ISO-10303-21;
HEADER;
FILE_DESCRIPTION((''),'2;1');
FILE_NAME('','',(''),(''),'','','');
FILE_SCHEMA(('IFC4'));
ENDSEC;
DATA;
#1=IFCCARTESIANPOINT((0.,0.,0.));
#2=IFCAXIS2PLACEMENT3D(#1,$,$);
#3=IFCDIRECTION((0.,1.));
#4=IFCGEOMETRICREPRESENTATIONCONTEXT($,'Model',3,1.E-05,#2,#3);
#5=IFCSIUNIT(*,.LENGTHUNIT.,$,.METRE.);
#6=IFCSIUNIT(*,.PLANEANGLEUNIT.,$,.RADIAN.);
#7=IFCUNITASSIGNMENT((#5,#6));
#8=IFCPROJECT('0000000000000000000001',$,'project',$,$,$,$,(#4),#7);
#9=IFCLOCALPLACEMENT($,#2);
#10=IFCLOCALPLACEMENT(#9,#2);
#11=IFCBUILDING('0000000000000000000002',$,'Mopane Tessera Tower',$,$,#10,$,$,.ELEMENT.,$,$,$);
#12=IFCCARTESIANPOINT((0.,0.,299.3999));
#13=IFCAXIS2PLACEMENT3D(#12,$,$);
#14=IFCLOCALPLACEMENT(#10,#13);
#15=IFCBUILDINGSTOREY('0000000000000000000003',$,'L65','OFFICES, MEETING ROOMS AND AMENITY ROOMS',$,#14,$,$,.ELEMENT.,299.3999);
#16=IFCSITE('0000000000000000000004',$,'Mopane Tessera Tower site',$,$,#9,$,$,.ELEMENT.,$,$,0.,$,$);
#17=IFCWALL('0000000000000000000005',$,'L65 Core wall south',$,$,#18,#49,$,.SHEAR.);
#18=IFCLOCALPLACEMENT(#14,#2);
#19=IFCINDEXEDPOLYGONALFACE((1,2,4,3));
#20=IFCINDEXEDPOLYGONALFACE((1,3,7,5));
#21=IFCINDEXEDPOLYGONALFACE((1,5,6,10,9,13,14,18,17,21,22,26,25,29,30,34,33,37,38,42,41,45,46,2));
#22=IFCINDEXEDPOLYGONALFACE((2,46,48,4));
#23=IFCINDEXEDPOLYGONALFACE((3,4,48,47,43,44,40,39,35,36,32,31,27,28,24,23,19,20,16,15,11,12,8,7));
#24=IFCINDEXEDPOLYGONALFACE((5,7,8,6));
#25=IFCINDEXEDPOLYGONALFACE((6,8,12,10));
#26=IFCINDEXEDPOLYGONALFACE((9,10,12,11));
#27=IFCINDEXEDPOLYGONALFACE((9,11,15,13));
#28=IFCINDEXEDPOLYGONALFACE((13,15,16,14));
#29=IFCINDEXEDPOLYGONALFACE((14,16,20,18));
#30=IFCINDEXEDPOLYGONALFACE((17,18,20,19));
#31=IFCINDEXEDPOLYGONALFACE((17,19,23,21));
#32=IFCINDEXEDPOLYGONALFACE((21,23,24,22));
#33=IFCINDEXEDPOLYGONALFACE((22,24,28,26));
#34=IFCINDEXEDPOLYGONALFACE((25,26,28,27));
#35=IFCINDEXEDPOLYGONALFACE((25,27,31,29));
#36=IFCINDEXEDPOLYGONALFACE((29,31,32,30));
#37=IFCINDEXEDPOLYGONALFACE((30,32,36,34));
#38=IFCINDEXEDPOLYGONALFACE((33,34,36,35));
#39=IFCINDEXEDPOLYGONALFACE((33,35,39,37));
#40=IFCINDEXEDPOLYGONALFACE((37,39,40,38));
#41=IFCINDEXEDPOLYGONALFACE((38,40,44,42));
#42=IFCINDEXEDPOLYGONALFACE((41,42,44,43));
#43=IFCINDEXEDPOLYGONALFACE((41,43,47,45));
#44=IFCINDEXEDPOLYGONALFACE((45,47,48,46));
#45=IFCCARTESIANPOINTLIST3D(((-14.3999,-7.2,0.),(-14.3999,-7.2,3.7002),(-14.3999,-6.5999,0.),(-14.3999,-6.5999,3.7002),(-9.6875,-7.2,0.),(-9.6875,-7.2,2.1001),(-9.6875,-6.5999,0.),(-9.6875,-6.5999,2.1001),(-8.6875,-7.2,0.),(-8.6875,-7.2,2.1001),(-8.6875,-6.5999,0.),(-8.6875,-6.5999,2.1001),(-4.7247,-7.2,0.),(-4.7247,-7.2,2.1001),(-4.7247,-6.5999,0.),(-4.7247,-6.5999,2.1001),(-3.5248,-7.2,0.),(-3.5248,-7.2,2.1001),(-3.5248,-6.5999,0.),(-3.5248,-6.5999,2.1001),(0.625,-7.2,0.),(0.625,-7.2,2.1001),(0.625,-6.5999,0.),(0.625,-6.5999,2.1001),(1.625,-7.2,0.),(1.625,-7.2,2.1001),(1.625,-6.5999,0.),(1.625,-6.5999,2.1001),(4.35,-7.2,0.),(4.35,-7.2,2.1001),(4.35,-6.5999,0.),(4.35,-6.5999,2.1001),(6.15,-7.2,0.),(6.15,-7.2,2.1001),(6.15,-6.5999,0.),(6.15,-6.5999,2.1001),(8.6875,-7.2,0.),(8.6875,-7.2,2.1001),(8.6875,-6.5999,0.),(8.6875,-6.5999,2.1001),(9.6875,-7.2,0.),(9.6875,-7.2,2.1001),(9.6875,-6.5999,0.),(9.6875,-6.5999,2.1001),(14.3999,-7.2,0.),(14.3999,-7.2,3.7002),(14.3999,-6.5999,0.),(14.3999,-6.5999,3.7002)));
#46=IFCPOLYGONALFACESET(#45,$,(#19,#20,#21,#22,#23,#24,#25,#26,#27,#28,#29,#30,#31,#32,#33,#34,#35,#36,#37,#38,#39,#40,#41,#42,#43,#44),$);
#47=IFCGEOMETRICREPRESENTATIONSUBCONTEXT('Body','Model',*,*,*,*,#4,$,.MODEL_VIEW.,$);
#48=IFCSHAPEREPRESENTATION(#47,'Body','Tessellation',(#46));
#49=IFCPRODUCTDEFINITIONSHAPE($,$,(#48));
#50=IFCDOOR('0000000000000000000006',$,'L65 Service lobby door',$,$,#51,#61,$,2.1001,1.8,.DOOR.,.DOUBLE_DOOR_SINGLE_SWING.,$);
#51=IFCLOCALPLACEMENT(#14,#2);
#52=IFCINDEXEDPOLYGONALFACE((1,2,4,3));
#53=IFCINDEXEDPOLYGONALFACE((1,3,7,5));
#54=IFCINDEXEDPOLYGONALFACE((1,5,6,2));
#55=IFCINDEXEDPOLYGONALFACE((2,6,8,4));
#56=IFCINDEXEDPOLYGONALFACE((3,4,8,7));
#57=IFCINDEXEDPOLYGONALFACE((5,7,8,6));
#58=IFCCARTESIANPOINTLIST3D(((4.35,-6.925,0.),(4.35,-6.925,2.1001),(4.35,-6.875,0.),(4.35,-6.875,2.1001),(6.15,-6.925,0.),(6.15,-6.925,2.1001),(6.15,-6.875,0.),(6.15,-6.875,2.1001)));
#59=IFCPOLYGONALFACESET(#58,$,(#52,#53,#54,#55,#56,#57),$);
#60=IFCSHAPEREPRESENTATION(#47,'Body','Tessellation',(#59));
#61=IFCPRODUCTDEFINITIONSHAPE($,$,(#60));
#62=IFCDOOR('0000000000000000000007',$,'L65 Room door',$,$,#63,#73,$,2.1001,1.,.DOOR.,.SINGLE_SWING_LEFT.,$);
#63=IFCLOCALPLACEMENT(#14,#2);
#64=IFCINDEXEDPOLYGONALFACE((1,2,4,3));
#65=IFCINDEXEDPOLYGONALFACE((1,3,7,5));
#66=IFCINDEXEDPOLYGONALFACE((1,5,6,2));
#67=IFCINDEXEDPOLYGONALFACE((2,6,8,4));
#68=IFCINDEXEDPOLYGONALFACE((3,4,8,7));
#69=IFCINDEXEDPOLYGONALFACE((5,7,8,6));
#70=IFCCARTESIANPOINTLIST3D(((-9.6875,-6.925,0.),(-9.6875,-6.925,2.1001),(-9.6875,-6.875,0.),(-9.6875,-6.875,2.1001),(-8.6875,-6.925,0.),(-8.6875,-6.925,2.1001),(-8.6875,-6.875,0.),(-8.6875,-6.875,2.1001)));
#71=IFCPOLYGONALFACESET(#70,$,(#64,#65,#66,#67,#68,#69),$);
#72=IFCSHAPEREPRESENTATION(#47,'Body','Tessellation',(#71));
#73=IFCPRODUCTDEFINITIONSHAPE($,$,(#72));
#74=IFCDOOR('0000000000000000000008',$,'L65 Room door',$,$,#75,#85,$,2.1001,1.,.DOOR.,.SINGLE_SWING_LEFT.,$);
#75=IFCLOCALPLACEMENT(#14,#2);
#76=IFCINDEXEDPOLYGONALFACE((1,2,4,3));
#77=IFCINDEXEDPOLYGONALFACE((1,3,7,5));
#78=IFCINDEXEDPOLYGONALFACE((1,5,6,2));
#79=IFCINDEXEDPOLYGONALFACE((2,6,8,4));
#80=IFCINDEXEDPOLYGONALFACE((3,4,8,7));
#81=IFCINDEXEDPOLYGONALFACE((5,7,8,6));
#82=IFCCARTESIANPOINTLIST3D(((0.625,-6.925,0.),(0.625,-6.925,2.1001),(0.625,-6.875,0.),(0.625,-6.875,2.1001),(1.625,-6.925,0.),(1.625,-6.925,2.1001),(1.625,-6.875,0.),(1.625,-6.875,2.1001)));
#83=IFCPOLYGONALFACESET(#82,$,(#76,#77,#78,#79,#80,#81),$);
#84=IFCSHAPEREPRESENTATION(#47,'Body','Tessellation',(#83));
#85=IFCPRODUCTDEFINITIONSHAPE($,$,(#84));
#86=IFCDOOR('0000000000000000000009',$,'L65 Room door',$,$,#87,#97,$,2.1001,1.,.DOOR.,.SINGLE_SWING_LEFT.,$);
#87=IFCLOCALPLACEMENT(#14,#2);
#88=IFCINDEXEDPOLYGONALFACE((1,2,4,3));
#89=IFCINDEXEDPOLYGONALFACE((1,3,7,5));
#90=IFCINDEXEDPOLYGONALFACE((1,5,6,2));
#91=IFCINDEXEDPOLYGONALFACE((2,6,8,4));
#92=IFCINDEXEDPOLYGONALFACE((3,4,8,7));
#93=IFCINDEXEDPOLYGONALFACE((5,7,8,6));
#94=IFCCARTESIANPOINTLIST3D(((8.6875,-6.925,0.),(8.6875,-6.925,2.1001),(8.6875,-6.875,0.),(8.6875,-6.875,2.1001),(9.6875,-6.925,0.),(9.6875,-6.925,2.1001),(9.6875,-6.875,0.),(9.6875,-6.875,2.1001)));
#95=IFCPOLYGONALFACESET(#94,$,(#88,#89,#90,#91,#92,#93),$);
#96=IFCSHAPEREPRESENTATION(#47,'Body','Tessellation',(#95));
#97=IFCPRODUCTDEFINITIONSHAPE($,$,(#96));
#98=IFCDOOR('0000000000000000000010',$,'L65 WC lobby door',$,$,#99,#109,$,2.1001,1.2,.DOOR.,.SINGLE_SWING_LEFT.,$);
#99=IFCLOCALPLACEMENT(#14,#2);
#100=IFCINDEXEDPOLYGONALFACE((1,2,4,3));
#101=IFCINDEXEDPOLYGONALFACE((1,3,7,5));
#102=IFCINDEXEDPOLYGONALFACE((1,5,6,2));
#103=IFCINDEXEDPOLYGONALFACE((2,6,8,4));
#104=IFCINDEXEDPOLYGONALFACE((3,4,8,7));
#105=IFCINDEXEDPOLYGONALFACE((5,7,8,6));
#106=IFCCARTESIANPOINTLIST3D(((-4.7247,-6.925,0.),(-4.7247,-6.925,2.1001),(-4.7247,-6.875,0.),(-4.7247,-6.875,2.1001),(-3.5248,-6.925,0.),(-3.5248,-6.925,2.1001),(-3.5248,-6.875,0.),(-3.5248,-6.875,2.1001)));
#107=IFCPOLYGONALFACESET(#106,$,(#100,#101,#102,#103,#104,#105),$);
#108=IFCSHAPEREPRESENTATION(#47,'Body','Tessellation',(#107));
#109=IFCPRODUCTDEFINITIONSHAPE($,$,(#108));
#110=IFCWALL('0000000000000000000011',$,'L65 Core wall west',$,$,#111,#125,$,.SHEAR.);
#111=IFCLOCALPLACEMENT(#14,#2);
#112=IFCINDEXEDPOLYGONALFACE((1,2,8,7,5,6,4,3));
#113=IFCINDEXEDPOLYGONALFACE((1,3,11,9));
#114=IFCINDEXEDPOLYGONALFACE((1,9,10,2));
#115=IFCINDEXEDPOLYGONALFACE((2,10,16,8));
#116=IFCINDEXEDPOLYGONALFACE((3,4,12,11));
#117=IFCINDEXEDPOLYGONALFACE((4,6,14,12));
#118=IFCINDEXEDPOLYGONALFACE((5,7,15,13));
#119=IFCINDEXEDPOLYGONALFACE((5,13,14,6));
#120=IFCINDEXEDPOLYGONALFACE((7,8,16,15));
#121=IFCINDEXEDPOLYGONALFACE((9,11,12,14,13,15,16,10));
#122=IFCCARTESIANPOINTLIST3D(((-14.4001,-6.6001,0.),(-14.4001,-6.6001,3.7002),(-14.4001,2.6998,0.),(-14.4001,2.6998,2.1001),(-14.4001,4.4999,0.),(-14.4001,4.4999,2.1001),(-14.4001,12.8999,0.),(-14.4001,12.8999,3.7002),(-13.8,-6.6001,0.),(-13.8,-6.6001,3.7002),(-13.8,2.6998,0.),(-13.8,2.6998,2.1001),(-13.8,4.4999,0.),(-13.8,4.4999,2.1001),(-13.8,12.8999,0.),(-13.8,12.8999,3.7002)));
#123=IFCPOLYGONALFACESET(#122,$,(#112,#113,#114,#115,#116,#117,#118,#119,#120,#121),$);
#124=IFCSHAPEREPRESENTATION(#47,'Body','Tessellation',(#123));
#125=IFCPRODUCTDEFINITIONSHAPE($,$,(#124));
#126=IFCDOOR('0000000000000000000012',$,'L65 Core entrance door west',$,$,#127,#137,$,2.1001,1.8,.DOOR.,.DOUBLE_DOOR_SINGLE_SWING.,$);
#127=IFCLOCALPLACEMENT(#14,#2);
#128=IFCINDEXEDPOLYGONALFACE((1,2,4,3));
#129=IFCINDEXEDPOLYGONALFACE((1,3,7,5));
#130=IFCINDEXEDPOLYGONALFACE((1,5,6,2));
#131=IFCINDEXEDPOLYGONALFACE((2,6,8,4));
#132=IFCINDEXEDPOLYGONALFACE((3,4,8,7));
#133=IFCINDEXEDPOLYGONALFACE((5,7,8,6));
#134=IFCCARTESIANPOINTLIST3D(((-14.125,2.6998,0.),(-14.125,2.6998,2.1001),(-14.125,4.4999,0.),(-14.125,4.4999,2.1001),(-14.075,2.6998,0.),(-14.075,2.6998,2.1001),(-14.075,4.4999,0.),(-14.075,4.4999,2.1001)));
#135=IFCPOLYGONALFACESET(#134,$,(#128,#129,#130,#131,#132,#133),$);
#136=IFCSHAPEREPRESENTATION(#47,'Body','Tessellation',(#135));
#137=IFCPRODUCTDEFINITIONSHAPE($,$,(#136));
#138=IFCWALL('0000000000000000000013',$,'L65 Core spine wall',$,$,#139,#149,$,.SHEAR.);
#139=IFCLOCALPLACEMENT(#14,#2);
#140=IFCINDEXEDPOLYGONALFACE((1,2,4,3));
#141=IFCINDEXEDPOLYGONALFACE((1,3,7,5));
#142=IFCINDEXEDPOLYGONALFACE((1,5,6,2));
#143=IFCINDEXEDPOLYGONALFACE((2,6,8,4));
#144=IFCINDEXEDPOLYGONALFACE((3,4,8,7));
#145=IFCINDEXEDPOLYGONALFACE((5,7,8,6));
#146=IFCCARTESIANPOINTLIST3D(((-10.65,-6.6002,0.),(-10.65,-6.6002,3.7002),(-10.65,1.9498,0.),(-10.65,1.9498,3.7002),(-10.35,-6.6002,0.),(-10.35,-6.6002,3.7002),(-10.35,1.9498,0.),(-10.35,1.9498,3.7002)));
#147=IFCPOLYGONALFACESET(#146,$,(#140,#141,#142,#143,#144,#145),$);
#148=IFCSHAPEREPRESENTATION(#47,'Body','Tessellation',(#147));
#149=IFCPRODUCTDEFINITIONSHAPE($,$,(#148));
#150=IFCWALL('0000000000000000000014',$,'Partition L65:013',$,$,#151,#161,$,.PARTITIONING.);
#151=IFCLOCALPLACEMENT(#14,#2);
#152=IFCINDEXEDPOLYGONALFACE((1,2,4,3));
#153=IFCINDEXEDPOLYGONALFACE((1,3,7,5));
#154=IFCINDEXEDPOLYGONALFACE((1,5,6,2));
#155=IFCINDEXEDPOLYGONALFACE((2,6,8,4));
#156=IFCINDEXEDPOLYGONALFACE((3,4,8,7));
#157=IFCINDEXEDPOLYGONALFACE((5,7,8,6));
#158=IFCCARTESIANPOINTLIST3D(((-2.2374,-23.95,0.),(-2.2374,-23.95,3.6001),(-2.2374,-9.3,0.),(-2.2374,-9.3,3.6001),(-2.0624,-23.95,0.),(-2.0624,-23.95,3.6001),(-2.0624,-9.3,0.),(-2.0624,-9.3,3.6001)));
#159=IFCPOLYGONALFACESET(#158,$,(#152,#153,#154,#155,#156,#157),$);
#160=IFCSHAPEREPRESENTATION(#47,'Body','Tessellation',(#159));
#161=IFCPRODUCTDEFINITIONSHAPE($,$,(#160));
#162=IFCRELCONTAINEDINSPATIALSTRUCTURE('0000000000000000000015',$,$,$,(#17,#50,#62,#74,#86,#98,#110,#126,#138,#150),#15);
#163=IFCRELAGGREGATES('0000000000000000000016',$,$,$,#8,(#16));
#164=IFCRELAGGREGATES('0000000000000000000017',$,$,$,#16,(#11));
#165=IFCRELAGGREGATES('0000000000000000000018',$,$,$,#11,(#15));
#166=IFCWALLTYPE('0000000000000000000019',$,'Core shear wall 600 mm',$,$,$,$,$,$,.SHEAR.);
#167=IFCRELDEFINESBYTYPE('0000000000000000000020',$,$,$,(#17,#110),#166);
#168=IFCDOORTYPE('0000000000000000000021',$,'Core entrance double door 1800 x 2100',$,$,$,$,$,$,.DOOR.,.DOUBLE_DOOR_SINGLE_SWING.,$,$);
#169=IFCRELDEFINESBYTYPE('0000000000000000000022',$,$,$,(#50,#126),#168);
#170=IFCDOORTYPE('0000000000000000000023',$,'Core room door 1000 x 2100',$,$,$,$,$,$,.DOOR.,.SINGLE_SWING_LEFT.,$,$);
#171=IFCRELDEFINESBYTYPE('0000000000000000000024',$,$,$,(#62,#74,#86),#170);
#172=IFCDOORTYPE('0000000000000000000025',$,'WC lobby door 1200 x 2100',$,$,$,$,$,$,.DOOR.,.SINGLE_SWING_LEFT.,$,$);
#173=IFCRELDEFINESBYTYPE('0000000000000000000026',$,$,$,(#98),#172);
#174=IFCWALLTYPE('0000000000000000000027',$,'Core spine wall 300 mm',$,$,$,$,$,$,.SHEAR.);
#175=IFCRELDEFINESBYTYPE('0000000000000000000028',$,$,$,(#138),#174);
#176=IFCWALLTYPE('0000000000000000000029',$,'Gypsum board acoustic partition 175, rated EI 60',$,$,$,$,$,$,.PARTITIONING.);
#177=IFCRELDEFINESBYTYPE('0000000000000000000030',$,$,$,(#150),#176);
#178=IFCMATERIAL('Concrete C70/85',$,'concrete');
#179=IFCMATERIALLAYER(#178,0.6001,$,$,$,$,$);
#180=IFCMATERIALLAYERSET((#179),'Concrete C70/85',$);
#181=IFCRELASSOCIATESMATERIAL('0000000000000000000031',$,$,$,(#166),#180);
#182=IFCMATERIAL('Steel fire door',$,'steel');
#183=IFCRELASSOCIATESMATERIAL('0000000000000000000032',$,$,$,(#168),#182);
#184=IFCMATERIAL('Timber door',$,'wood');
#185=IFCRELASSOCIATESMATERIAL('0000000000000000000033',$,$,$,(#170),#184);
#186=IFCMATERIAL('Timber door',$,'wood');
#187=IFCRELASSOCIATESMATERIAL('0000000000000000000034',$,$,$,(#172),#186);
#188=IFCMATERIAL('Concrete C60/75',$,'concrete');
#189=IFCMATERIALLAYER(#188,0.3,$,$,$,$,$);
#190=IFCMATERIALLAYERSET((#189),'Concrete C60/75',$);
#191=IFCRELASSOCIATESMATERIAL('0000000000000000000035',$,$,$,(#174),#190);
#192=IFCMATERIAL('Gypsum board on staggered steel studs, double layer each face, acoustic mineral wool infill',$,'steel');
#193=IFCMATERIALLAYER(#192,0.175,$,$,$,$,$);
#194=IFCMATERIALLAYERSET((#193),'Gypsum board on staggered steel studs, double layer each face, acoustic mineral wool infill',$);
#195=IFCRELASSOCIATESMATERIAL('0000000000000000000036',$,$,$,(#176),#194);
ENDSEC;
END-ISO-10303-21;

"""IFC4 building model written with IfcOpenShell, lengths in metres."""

from ifc_helpers import new_model, si_unit, direction, frame, frame_2d, origin, place, context, subcontext, project, spatial, rectangle, extrude, material, layer, layer_set, type_object, element, fill, save


model = new_model("IFC4")

# Units and contexts
model_context = context("Model", 3, precision=1e-05, world=origin(), true_north=direction((0.0, 1.0)))
body_context = subcontext(model_context, "Body", "Model", "MODEL_VIEW")
ifc_project = project(units=[si_unit("LENGTHUNIT", "METRE"), si_unit("PLANEANGLEUNIT", "RADIAN")], contexts=[model_context])

# Site, building, storey
site_placement = place(None, origin())
site = spatial("IfcSite", under=ifc_project, at=site_placement, Name="Mopane Tessera Tower site", CompositionType="ELEMENT", RefElevation=0.0)
building_placement = place(site_placement, origin())
building = spatial("IfcBuilding", under=site, at=building_placement, Name="Mopane Tessera Tower", CompositionType="ELEMENT")
storey_placement = place(building_placement, frame((0.0, 0.0, 299.3999)))
storey = spatial("IfcBuildingStorey", under=building, at=storey_placement, Name="L65", Description="OFFICES, MEETING ROOMS AND AMENITY ROOMS", CompositionType="ELEMENT", Elevation=299.3999)

# Wall, openings, doors
ifc_material_1 = material(Name="Concrete C70/85", Category="concrete")
ifc_layer_1 = layer(ifc_material_1, 0.6001)
ifc_layer_set_1 = layer_set([ifc_layer_1], Name="Concrete C70/85")
wall_type_1 = type_object("IfcWallType", Name="Core shear wall 600 mm", PredefinedType="SHEAR", material=ifc_layer_set_1)
wall_1_placement = place(storey_placement, frame((-14.3999, -6.8999, 0.0), z_axis=(0.0, 0.0, 1.0), x_axis=(1.0, 0.0, 0.0)))
wall_1 = element("IfcWall", 1, at=wall_1_placement, inside=storey, type_object=wall_type_1, Name="L65 Core wall south", PredefinedType="SHEAR", context=body_context, shape_type="SweptSolid", body=[
    extrude(rectangle(XDim=28.7998, YDim=0.6001, at=frame_2d((14.3999, 0.0))), origin(), (0.0, 0.0, 1.0), 3.7002),
])
opening_1_placement = place(wall_1_placement, frame((4.7124, 0.0, 0.0)))
opening_1 = element("IfcOpeningElement", 2, at=opening_1_placement, cuts=wall_1, PredefinedType="OPENING", context=body_context, shape_type="SweptSolid", body=[
    extrude(rectangle(XDim=1.0, YDim=2.1001, at=frame_2d((0.5, 1.05))), frame((0.0, 0.312, 0.0), z_axis=(0.0, -1.0, 0.0), x_axis=(1.0, 0.0, 0.0)), (0.0, 0.0, 1.0), 0.624),
])
opening_2_placement = place(wall_1_placement, frame((9.675, 0.0, 0.0)))
opening_2 = element("IfcOpeningElement", 3, at=opening_2_placement, cuts=wall_1, PredefinedType="OPENING", context=body_context, shape_type="SweptSolid", body=[
    extrude(rectangle(XDim=1.2, YDim=2.1001, at=frame_2d((0.6001, 1.05))), frame((0.0, 0.312, 0.0), z_axis=(0.0, -1.0, 0.0), x_axis=(1.0, 0.0, 0.0)), (0.0, 0.0, 1.0), 0.624),
])
opening_3_placement = place(wall_1_placement, frame((15.0249, 0.0, 0.0)))
opening_3 = element("IfcOpeningElement", 4, at=opening_3_placement, cuts=wall_1, PredefinedType="OPENING", context=body_context, shape_type="SweptSolid", body=[
    extrude(rectangle(XDim=1.0, YDim=2.1001, at=frame_2d((0.5, 1.05))), frame((0.0, 0.312, 0.0), z_axis=(0.0, -1.0, 0.0), x_axis=(1.0, 0.0, 0.0)), (0.0, 0.0, 1.0), 0.624),
])
opening_4_placement = place(wall_1_placement, frame((18.75, 0.0, 0.0)))
opening_4 = element("IfcOpeningElement", 5, at=opening_4_placement, cuts=wall_1, PredefinedType="OPENING", context=body_context, shape_type="SweptSolid", body=[
    extrude(rectangle(XDim=1.8, YDim=2.1001, at=frame_2d((0.8999, 1.05))), frame((0.0, 0.312, 0.0), z_axis=(0.0, -1.0, 0.0), x_axis=(1.0, 0.0, 0.0)), (0.0, 0.0, 1.0), 0.624),
])
opening_5_placement = place(wall_1_placement, frame((23.0874, 0.0, 0.0)))
opening_5 = element("IfcOpeningElement", 6, at=opening_5_placement, cuts=wall_1, PredefinedType="OPENING", context=body_context, shape_type="SweptSolid", body=[
    extrude(rectangle(XDim=1.0, YDim=2.1001, at=frame_2d((0.5, 1.05))), frame((0.0, 0.312, 0.0), z_axis=(0.0, -1.0, 0.0), x_axis=(1.0, 0.0, 0.0)), (0.0, 0.0, 1.0), 0.624),
])
ifc_material_2 = material(Name="Steel fire door", Category="steel")
door_type_1 = type_object("IfcDoorType", Name="Core entrance double door 1800 x 2100", OperationType="DOUBLE_DOOR_SINGLE_SWING", PredefinedType="DOOR", material=ifc_material_2)
door_1_placement = place(opening_4_placement, origin())
door_1 = element("IfcDoor", 7, at=door_1_placement, inside=storey, type_object=door_type_1, Name="L65 Service lobby door", OperationType="DOUBLE_DOOR_SINGLE_SWING", OverallHeight=2.1001, OverallWidth=1.8, PredefinedType="DOOR", context=body_context, shape_type="SweptSolid", body=[
    extrude(rectangle(XDim=1.8, YDim=2.1001, at=frame_2d((0.8999, 1.05))), frame((0.0, 0.0249, 0.0), z_axis=(0.0, -1.0, 0.0), x_axis=(1.0, 0.0, 0.0)), (0.0, 0.0, 1.0), 0.05),
])
fill(opening_4, door_1)
ifc_material_3 = material(Name="Timber door", Category="wood")
door_type_2 = type_object("IfcDoorType", Name="Core room door 1000 x 2100", OperationType="SINGLE_SWING_LEFT", PredefinedType="DOOR", material=ifc_material_3)
door_2_placement = place(opening_1_placement, origin())
door_2 = element("IfcDoor", 8, at=door_2_placement, inside=storey, type_object=door_type_2, Name="L65 Room door", OperationType="SINGLE_SWING_LEFT", OverallHeight=2.1001, OverallWidth=1.0, PredefinedType="DOOR", context=body_context, shape_type="SweptSolid", body=[
    extrude(rectangle(XDim=1.0, YDim=2.1001, at=frame_2d((0.5, 1.05))), frame((0.0, 0.0249, 0.0), z_axis=(0.0, -1.0, 0.0), x_axis=(1.0, 0.0, 0.0)), (0.0, 0.0, 1.0), 0.05),
])
fill(opening_1, door_2)
door_3_placement = place(opening_3_placement, origin())
door_3 = element("IfcDoor", 9, at=door_3_placement, inside=storey, type_object=door_type_2, Name="L65 Room door", OperationType="SINGLE_SWING_LEFT", OverallHeight=2.1001, OverallWidth=1.0, PredefinedType="DOOR", context=body_context, shape_type="SweptSolid", body=[
    extrude(rectangle(XDim=1.0, YDim=2.1001, at=frame_2d((0.5, 1.05))), frame((0.0, 0.0249, 0.0), z_axis=(0.0, -1.0, 0.0), x_axis=(1.0, 0.0, 0.0)), (0.0, 0.0, 1.0), 0.05),
])
fill(opening_3, door_3)
door_4_placement = place(opening_5_placement, origin())
door_4 = element("IfcDoor", 10, at=door_4_placement, inside=storey, type_object=door_type_2, Name="L65 Room door", OperationType="SINGLE_SWING_LEFT", OverallHeight=2.1001, OverallWidth=1.0, PredefinedType="DOOR", context=body_context, shape_type="SweptSolid", body=[
    extrude(rectangle(XDim=1.0, YDim=2.1001, at=frame_2d((0.5, 1.05))), frame((0.0, 0.0249, 0.0), z_axis=(0.0, -1.0, 0.0), x_axis=(1.0, 0.0, 0.0)), (0.0, 0.0, 1.0), 0.05),
])
fill(opening_5, door_4)
ifc_material_4 = material(Name="Timber door", Category="wood")
door_type_3 = type_object("IfcDoorType", Name="WC lobby door 1200 x 2100", OperationType="SINGLE_SWING_LEFT", PredefinedType="DOOR", material=ifc_material_4)
door_5_placement = place(opening_2_placement, origin())
door_5 = element("IfcDoor", 11, at=door_5_placement, inside=storey, type_object=door_type_3, Name="L65 WC lobby door", OperationType="SINGLE_SWING_LEFT", OverallHeight=2.1001, OverallWidth=1.2, PredefinedType="DOOR", context=body_context, shape_type="SweptSolid", body=[
    extrude(rectangle(XDim=1.2, YDim=2.1001, at=frame_2d((0.6001, 1.05))), frame((0.0, 0.0249, 0.0), z_axis=(0.0, -1.0, 0.0), x_axis=(1.0, 0.0, 0.0)), (0.0, 0.0, 1.0), 0.05),
])
fill(opening_2, door_5)

# Wall, opening, door
wall_2_placement = place(storey_placement, frame((-14.1001, -6.6001, 0.0), z_axis=(0.0, 0.0, 1.0), x_axis=(0.0, 1.0, 0.0)))
wall_2 = element("IfcWall", 12, at=wall_2_placement, inside=storey, type_object=wall_type_1, Name="L65 Core wall west", PredefinedType="SHEAR", context=body_context, shape_type="SweptSolid", body=[
    extrude(rectangle(XDim=19.5, YDim=0.6001, at=frame_2d((9.75, 0.0))), origin(), (0.0, 0.0, 1.0), 3.7002),
])
opening_6_placement = place(wall_2_placement, frame((9.3, 0.0, 0.0)))
opening_6 = element("IfcOpeningElement", 13, at=opening_6_placement, cuts=wall_2, PredefinedType="OPENING", context=body_context, shape_type="SweptSolid", body=[
    extrude(rectangle(XDim=1.8, YDim=2.1001, at=frame_2d((0.8999, 1.05))), frame((0.0, 0.312, 0.0), z_axis=(0.0, -1.0, 0.0), x_axis=(1.0, 0.0, 0.0)), (0.0, 0.0, 1.0), 0.624),
])
door_6_placement = place(opening_6_placement, origin())
door_6 = element("IfcDoor", 14, at=door_6_placement, inside=storey, type_object=door_type_1, Name="L65 Core entrance door west", OperationType="DOUBLE_DOOR_SINGLE_SWING", OverallHeight=2.1001, OverallWidth=1.8, PredefinedType="DOOR", context=body_context, shape_type="SweptSolid", body=[
    extrude(rectangle(XDim=1.8, YDim=2.1001, at=frame_2d((0.8999, 1.05))), frame((0.0, 0.0249, 0.0), z_axis=(0.0, -1.0, 0.0), x_axis=(1.0, 0.0, 0.0)), (0.0, 0.0, 1.0), 0.05),
])
fill(opening_6, door_6)

# Walls
ifc_material_5 = material(Name="Concrete C60/75", Category="concrete")
ifc_layer_2 = layer(ifc_material_5, 0.3)
ifc_layer_set_2 = layer_set([ifc_layer_2], Name="Concrete C60/75")
wall_type_2 = type_object("IfcWallType", Name="Core spine wall 300 mm", PredefinedType="SHEAR", material=ifc_layer_set_2)
wall_3_placement = place(storey_placement, frame((-10.5, -6.6001, 0.0), z_axis=(0.0, 0.0, 1.0), x_axis=(0.0, 1.0, 0.0)))
element("IfcWall", 15, at=wall_3_placement, inside=storey, type_object=wall_type_2, Name="L65 Core spine wall", PredefinedType="SHEAR", context=body_context, shape_type="SweptSolid", body=[
    extrude(rectangle(XDim=8.55, YDim=0.3, at=frame_2d((4.2749, 0.0))), origin(), (0.0, 0.0, 1.0), 3.7002),
])
ifc_material_6 = material(Name="Gypsum board on staggered steel studs, double layer each face, acoustic mineral wool infill", Category="steel")
ifc_layer_3 = layer(ifc_material_6, 0.175)
ifc_layer_set_3 = layer_set([ifc_layer_3], Name="Gypsum board on staggered steel studs, double layer each face, acoustic mineral wool infill")
wall_type_3 = type_object("IfcWallType", Name="Gypsum board acoustic partition 175, rated EI 60", PredefinedType="PARTITIONING", material=ifc_layer_set_3)
wall_4_placement = place(storey_placement, frame((-2.1499, -23.95, 0.0), z_axis=(0.0, 0.0, 1.0), x_axis=(0.0, 1.0, 0.0)))
element("IfcWall", 16, at=wall_4_placement, inside=storey, type_object=wall_type_3, Name="Partition L65:013", PredefinedType="PARTITIONING", context=body_context, shape_type="SweptSolid", body=[
    extrude(rectangle(XDim=14.6499, YDim=0.175, at=frame_2d((7.325, 0.0))), origin(), (0.0, 0.0, 1.0), 3.6001),
])

save(model, "model.ifc")
